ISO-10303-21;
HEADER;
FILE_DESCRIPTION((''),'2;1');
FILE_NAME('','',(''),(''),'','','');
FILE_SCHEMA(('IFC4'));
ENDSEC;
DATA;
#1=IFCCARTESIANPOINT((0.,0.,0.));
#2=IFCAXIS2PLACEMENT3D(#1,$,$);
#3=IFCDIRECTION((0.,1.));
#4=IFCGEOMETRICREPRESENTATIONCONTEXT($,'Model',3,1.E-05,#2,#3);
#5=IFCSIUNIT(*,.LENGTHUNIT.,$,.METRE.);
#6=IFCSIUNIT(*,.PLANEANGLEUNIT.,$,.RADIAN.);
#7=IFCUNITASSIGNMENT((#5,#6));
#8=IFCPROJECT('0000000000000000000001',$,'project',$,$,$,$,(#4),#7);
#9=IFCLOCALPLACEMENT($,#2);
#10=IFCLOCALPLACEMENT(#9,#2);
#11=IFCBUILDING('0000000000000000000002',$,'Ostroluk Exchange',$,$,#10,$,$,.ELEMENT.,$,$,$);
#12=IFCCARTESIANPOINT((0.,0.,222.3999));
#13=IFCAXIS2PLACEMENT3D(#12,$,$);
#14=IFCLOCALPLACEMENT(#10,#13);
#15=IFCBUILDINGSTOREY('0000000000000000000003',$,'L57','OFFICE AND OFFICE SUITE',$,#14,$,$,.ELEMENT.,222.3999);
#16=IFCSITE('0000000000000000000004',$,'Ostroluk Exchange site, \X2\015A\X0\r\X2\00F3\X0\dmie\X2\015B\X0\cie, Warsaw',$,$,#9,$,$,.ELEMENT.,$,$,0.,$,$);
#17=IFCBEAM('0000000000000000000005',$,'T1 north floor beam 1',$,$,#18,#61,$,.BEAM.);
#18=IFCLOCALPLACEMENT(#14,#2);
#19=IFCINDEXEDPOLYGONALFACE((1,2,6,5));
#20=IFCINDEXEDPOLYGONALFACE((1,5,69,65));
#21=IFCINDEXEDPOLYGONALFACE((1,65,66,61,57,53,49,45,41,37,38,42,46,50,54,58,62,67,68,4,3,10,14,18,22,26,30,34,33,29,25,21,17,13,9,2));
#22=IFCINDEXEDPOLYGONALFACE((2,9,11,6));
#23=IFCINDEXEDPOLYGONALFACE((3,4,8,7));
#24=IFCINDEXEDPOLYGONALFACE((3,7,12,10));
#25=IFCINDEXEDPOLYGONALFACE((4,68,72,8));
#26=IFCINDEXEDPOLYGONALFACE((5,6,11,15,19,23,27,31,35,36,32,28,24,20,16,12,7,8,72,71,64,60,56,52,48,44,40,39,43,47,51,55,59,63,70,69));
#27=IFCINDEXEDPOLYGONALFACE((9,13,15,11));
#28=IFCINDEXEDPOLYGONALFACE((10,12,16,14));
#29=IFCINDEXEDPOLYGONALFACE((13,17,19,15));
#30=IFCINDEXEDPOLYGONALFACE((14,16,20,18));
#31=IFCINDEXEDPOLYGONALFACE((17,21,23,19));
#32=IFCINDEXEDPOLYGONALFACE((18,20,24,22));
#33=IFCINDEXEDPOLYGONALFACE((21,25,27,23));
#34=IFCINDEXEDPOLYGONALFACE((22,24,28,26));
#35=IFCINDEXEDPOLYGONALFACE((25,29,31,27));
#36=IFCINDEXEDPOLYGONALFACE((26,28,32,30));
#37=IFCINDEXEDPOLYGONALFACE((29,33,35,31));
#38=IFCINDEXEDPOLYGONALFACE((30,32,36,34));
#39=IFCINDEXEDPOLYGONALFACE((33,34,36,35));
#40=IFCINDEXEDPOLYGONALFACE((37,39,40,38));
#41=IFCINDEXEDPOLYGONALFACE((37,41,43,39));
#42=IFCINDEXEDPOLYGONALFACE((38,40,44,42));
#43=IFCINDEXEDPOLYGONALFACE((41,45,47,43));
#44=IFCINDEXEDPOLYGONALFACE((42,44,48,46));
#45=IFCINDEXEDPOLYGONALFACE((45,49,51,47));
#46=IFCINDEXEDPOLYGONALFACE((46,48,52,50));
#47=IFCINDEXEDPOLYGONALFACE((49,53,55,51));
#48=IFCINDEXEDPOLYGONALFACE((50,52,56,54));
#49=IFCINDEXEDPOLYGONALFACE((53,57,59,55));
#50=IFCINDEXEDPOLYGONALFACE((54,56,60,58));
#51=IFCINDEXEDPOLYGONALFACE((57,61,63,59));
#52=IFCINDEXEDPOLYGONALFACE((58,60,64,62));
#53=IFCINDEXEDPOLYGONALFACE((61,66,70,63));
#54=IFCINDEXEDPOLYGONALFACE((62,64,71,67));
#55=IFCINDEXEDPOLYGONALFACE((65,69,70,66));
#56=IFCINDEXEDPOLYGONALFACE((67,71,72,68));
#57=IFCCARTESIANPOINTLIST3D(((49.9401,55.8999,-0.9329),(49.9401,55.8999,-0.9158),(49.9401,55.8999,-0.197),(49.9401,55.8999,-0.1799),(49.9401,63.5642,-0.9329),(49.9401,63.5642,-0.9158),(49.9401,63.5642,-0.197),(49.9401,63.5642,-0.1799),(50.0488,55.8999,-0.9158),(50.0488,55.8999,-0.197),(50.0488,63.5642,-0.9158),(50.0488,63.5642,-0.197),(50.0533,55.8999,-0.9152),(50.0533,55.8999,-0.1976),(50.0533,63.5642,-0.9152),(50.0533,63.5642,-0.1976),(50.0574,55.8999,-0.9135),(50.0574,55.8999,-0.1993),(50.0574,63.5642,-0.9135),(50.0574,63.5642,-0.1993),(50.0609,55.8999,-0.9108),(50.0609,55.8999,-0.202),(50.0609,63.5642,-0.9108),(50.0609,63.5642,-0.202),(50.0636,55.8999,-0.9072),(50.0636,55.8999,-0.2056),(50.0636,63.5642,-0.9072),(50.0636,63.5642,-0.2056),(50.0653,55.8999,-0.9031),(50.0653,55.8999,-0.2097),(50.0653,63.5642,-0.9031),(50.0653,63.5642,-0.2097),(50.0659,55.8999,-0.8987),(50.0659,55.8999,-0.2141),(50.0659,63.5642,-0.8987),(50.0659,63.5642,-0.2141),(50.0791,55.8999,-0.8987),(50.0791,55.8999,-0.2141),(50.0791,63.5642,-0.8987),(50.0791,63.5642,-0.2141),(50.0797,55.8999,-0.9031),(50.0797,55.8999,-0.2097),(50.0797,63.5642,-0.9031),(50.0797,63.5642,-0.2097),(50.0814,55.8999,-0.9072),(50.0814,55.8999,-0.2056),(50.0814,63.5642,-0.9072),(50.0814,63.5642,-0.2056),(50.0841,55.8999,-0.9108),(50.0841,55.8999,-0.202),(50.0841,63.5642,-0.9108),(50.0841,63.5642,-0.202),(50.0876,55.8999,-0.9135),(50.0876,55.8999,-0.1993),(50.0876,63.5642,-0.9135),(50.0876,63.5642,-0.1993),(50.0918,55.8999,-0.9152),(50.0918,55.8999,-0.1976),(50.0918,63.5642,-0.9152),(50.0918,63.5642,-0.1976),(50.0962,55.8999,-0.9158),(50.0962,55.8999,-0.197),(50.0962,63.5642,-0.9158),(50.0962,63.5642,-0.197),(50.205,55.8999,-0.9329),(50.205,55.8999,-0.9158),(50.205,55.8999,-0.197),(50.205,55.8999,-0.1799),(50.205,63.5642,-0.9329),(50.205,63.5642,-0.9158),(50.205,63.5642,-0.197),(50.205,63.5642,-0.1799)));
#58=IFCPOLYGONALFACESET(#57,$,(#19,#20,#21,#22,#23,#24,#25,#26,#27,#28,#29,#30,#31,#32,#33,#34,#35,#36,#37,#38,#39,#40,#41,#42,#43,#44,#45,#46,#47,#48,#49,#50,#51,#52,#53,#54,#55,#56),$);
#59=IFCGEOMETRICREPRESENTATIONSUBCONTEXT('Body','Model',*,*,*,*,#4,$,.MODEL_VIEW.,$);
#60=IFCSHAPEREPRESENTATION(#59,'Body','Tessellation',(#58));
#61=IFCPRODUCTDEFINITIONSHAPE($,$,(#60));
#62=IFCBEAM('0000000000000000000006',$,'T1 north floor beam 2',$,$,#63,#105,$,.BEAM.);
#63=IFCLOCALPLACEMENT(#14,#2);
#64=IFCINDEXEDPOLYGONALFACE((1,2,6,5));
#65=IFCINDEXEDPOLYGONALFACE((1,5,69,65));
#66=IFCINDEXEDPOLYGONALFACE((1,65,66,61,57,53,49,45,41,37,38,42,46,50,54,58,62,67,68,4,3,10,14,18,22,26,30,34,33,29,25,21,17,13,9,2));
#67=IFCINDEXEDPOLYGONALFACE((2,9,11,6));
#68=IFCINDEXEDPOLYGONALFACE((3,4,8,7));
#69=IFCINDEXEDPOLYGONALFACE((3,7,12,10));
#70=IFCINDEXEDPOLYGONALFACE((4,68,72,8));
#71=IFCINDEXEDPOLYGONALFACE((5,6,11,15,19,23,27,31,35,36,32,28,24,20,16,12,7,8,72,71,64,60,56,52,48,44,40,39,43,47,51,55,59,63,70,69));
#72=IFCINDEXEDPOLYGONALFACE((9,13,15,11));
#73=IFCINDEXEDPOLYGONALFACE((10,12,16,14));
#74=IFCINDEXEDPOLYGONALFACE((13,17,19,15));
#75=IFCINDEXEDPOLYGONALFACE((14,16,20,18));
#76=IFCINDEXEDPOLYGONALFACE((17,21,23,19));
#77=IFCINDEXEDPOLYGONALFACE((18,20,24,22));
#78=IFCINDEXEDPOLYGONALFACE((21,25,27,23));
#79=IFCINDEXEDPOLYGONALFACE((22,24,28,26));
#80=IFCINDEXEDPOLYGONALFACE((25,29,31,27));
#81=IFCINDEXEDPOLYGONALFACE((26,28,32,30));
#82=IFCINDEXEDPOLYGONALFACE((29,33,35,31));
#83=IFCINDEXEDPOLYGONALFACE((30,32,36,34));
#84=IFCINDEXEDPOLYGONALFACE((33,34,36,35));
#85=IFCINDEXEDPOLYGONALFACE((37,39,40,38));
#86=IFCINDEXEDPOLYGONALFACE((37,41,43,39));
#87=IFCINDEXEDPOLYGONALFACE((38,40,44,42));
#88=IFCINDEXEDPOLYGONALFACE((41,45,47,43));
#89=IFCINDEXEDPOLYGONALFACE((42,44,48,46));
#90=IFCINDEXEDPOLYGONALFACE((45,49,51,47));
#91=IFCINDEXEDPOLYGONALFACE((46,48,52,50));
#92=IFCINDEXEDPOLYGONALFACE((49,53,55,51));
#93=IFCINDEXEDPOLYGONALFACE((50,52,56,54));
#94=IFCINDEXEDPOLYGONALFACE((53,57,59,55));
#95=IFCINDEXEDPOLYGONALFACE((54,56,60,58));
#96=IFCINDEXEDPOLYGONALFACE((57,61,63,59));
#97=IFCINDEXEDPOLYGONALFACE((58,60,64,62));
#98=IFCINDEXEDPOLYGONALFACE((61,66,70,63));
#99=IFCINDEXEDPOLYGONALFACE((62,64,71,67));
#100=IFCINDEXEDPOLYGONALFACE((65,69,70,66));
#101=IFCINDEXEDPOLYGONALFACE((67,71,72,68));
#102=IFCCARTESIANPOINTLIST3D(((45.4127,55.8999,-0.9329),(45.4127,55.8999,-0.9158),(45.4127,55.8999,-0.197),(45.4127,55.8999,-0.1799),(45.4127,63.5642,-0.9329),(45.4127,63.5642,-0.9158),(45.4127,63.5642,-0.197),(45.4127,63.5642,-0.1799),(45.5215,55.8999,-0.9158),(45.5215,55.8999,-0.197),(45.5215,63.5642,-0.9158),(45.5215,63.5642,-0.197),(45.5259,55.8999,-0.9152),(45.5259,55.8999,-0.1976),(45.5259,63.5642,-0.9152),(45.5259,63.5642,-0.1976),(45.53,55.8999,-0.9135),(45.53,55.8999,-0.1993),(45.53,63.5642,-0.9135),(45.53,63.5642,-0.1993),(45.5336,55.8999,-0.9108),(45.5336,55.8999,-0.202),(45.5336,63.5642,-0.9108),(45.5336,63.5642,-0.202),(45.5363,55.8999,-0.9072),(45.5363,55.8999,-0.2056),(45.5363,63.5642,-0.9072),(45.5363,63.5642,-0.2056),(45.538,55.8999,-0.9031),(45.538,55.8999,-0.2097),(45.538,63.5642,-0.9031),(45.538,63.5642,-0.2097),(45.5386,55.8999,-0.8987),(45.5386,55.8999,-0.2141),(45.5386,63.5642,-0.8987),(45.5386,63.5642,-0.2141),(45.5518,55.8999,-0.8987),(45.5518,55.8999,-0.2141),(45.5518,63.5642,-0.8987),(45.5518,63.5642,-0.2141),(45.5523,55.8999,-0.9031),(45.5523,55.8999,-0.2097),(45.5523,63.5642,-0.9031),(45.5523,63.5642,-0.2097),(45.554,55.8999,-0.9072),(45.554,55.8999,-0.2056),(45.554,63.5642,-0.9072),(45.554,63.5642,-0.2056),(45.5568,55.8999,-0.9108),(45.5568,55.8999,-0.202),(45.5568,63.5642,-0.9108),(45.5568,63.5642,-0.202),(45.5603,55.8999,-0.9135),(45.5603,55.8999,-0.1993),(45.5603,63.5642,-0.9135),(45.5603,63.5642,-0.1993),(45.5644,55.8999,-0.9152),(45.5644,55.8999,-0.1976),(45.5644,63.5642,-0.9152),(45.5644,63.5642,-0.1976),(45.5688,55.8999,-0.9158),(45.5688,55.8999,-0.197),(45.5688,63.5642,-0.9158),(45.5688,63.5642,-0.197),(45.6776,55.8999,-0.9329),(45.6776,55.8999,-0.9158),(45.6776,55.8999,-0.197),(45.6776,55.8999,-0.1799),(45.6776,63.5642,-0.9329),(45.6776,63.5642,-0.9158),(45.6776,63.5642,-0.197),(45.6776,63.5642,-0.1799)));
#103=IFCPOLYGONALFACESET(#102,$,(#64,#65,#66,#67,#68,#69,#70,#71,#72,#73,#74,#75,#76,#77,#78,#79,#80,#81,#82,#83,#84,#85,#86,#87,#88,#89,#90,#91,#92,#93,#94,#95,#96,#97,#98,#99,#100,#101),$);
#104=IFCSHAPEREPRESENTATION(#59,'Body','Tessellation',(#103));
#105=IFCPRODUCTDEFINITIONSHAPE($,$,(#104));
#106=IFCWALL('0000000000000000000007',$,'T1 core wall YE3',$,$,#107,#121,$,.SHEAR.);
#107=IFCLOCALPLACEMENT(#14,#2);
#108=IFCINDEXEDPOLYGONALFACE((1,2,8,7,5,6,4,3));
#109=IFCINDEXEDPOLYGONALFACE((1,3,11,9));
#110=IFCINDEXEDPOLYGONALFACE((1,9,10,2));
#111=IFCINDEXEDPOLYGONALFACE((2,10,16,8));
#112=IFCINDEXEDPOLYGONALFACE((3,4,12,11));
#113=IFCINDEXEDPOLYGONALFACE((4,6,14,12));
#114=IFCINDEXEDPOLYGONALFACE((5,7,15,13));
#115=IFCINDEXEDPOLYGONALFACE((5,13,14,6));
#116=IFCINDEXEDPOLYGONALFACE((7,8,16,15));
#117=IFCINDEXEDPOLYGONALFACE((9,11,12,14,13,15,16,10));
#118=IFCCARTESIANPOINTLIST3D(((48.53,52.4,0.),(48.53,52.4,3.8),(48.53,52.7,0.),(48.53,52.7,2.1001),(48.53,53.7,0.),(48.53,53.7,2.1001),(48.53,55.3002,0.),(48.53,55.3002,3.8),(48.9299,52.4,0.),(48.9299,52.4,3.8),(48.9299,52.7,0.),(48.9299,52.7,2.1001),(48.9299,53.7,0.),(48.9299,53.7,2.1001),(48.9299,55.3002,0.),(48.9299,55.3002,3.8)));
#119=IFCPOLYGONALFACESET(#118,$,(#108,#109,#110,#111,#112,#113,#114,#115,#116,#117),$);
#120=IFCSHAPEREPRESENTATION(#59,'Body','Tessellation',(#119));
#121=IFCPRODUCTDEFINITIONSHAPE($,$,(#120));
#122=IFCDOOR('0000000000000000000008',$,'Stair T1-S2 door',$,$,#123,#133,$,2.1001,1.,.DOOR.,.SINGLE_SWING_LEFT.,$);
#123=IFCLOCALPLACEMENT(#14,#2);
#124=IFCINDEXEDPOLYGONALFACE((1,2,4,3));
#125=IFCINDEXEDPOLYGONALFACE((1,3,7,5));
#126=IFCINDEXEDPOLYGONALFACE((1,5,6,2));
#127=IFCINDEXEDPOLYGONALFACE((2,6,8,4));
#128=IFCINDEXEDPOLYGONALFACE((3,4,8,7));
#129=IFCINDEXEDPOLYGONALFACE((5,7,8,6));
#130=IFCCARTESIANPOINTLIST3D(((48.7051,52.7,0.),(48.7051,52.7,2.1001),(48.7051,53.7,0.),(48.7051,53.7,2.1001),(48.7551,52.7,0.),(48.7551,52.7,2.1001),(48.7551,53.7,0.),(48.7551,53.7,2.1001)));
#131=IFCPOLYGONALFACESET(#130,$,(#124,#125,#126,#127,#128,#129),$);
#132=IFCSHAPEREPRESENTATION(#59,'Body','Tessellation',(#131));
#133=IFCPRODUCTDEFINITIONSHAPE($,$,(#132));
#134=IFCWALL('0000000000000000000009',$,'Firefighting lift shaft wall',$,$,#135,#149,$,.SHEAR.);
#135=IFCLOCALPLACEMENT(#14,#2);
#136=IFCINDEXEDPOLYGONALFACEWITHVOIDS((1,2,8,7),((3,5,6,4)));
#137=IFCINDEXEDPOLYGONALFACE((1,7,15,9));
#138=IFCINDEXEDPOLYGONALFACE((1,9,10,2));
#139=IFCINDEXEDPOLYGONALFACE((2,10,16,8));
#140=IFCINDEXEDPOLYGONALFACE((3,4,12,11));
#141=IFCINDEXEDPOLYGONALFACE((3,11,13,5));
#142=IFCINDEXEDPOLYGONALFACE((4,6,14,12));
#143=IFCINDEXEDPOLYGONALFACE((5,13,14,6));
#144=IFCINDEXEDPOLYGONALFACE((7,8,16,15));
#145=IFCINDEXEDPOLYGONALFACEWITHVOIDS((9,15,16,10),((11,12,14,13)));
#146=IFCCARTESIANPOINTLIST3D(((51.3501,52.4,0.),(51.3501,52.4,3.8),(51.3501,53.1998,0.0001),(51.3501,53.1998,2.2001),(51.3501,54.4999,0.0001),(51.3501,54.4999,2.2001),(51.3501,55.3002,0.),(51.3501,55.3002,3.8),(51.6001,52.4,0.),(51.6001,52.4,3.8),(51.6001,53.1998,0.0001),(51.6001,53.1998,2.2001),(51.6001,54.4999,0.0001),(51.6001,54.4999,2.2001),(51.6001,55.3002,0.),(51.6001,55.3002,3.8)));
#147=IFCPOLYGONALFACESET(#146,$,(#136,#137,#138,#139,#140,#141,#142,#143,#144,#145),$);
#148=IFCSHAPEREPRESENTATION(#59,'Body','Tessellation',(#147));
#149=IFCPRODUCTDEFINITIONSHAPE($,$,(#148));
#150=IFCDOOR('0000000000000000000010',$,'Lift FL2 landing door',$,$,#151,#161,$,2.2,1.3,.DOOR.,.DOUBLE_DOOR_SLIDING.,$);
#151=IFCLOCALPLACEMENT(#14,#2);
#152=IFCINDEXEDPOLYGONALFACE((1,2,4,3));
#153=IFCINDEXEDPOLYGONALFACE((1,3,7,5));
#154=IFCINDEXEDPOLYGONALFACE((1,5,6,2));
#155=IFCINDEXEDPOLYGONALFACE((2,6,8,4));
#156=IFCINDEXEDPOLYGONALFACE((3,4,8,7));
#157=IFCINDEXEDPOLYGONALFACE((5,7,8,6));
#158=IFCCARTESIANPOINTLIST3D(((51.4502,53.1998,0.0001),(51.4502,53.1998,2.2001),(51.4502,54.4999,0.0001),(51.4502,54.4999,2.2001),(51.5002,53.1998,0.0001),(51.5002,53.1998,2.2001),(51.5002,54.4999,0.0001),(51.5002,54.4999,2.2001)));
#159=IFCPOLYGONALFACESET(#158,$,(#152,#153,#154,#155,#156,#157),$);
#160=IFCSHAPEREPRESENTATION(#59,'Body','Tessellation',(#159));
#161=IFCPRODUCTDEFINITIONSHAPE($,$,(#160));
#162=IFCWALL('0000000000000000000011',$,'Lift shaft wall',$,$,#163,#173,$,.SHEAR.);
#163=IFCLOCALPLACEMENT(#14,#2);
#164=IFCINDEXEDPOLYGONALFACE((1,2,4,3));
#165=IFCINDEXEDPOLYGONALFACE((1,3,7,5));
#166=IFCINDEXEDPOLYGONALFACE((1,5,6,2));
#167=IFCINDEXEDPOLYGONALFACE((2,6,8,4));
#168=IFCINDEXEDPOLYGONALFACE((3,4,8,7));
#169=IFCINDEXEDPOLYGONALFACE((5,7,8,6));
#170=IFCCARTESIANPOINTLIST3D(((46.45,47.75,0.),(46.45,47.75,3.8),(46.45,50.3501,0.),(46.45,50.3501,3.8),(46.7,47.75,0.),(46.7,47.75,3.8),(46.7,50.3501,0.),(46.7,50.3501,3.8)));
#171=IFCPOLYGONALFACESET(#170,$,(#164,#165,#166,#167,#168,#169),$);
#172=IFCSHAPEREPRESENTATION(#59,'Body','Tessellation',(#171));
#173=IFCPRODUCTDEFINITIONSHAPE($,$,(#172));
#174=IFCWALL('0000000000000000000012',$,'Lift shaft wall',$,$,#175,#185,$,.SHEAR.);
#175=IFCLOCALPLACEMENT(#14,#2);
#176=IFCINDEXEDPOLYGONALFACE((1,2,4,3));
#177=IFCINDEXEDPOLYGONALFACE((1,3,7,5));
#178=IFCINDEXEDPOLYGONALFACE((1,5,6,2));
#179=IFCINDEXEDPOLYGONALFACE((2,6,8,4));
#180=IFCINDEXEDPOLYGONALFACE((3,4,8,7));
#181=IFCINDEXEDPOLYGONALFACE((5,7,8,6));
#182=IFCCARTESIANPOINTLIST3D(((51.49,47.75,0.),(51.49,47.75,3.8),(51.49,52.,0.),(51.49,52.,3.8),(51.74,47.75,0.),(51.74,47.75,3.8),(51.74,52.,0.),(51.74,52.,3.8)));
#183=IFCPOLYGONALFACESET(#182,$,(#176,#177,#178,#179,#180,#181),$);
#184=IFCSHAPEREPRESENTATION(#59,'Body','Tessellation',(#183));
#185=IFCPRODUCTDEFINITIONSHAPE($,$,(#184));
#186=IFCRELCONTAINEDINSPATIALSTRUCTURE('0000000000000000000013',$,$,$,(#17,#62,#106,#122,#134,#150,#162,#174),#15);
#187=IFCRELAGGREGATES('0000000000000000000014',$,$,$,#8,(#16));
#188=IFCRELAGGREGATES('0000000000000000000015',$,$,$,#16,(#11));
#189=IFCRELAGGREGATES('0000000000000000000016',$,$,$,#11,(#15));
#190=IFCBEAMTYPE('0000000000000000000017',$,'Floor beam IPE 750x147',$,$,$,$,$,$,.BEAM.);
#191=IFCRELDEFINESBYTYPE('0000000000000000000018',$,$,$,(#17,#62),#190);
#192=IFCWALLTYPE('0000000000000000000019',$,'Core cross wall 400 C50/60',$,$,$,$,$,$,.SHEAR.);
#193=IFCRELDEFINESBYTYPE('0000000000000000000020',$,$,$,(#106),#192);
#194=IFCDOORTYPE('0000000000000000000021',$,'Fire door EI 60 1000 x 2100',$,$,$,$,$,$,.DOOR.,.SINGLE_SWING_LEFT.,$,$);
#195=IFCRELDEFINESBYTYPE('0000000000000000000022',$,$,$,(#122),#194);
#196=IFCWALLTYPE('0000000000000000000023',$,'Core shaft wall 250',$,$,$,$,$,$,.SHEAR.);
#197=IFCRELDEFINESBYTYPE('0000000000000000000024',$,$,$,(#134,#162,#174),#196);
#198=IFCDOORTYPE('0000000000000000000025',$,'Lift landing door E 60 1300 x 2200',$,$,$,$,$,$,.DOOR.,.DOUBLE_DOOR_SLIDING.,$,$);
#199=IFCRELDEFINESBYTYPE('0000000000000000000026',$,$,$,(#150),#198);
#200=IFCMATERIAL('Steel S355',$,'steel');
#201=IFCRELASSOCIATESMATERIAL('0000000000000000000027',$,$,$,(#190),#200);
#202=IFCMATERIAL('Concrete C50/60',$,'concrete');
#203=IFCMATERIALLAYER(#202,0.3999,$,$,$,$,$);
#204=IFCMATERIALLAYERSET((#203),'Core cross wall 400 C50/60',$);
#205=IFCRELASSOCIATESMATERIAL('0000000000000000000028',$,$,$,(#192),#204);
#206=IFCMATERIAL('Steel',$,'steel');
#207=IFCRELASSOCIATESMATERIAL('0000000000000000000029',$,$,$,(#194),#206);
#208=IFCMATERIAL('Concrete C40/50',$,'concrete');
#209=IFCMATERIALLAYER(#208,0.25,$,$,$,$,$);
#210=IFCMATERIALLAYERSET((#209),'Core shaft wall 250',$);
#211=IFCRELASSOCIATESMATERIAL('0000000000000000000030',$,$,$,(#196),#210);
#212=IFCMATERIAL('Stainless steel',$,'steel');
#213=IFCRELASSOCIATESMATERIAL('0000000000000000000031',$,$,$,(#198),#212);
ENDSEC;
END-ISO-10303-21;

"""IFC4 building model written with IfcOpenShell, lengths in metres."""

from ifc_helpers import new_model, si_unit, direction, frame, frame_2d, origin, origin_2d, place, context, subcontext, project, spatial, rectangle, i_section, extrude, material, layer, layer_set, material_profile, profile_set, type_object, element, fill, save


model = new_model("IFC4")

# Units and contexts
model_context = context("Model", 3, precision=1e-05, world=origin(), true_north=direction((0.0, 1.0)))
body_context = subcontext(model_context, "Body", "Model", "MODEL_VIEW")
ifc_project = project(units=[si_unit("LENGTHUNIT", "METRE"), si_unit("PLANEANGLEUNIT", "RADIAN")], contexts=[model_context])

# Site, building, storey
site_placement = place(None, origin())
site = spatial("IfcSite", under=ifc_project, at=site_placement, Name="Ostroluk Exchange site, Śródmieście, Warsaw", CompositionType="ELEMENT", RefElevation=0.0)
building_placement = place(site_placement, origin())
building = spatial("IfcBuilding", under=site, at=building_placement, Name="Ostroluk Exchange", CompositionType="ELEMENT")
storey_placement = place(building_placement, frame((0.0, 0.0, 222.3999)))
storey = spatial("IfcBuildingStorey", under=building, at=storey_placement, Name="L57", Description="OFFICE AND OFFICE SUITE", CompositionType="ELEMENT", Elevation=222.3999)

# Beams
ifc_material_1 = material(Name="Steel S355", Category="steel")
ifc_material_profile = material_profile(ifc_material_1, i_section(OverallWidth=0.2649, OverallDepth=0.7529, WebThickness=0.0132, FlangeThickness=0.0171, FilletRadius=0.0171, at=origin_2d()), Name="IPE 750x147")
ifc_profile_set = profile_set([ifc_material_profile], Name="Steel S355")
beam_type = type_object("IfcBeamType", Name="Floor beam IPE 750x147", PredefinedType="BEAM", material=ifc_profile_set)
for number, where, z_axis, x_axis, name in (
    (1, (50.0725, 55.8999, -0.5564), (0.0, 1.0, 0.0), (-1.0, 0.0, 0.0), "T1 north floor beam 1"),
    (2, (45.5452, 55.8999, -0.5564), (0.0, 1.0, 0.0), (-1.0, 0.0, 0.0), "T1 north floor beam 2"),
):
    element("IfcBeam", number, at=place(storey_placement, frame(where, z_axis=z_axis, x_axis=x_axis)), inside=storey, type_object=beam_type, Name=name, PredefinedType="BEAM", context=body_context, shape_type="SweptSolid", body=[
        extrude(i_section(OverallWidth=0.2649, OverallDepth=0.7529, WebThickness=0.0132, FlangeThickness=0.0171, FilletRadius=0.0171, at=origin_2d()), origin(), (0.0, 0.0, 1.0), 7.6643),
    ])

# Walls, openings, doors
ifc_material_2 = material(Name="Concrete C50/60", Category="concrete")
ifc_layer_1 = layer(ifc_material_2, 0.3999)
ifc_layer_set_1 = layer_set([ifc_layer_1], Name="Core cross wall 400 C50/60")
wall_type_1 = type_object("IfcWallType", Name="Core cross wall 400 C50/60", PredefinedType="SHEAR", material=ifc_layer_set_1)
wall_1_placement = place(storey_placement, frame((48.73, 52.3999, 0.0), z_axis=(0.0, 0.0, 1.0), x_axis=(0.0, 1.0, 0.0)))
wall_1 = element("IfcWall", 3, at=wall_1_placement, inside=storey, type_object=wall_type_1, Name="T1 core wall YE3", PredefinedType="SHEAR", context=body_context, shape_type="SweptSolid", body=[
    extrude(rectangle(XDim=2.9001, YDim=0.3999, at=frame_2d((1.4502, 0.0))), origin(), (0.0, 0.0, 1.0), 3.8),
])
opening_1_placement = place(wall_1_placement, frame((0.3, 0.0, 0.0)))
opening_1 = element("IfcOpeningElement", 4, at=opening_1_placement, cuts=wall_1, PredefinedType="OPENING", context=body_context, shape_type="SweptSolid", body=[
    extrude(rectangle(XDim=1.0, YDim=2.1001, at=frame_2d((0.5, 1.05))), frame((0.0, 0.21, 0.0), z_axis=(0.0, -1.0, 0.0), x_axis=(1.0, 0.0, 0.0)), (0.0, 0.0, 1.0), 0.4199),
])
ifc_material_3 = material(Name="Steel", Category="steel")
door_type_1 = type_object("IfcDoorType", Name="Fire door EI 60 1000 x 2100", OperationType="SINGLE_SWING_LEFT", PredefinedType="DOOR", material=ifc_material_3)
door_1_placement = place(opening_1_placement, origin())
door_1 = element("IfcDoor", 5, at=door_1_placement, inside=storey, type_object=door_type_1, Name="Stair T1-S2 door", OperationType="SINGLE_SWING_LEFT", OverallHeight=2.1001, OverallWidth=1.0, PredefinedType="DOOR", context=body_context, shape_type="SweptSolid", body=[
    extrude(rectangle(XDim=1.0, YDim=2.1001, at=frame_2d((0.5, 1.05))), frame((0.0, 0.0249, 0.0), z_axis=(0.0, -1.0, 0.0), x_axis=(1.0, 0.0, 0.0)), (0.0, 0.0, 1.0), 0.05),
])
fill(opening_1, door_1)
ifc_material_4 = material(Name="Concrete C40/50", Category="concrete")
ifc_layer_2 = layer(ifc_material_4, 0.25)
ifc_layer_set_2 = layer_set([ifc_layer_2], Name="Core shaft wall 250")
wall_type_2 = type_object("IfcWallType", Name="Core shaft wall 250", PredefinedType="SHEAR", material=ifc_layer_set_2)
wall_2_placement = place(storey_placement, frame((51.4751, 52.3999, 0.0), z_axis=(0.0, 0.0, 1.0), x_axis=(0.0, 1.0, 0.0)))
wall_2 = element("IfcWall", 6, at=wall_2_placement, inside=storey, type_object=wall_type_2, Name="Firefighting lift shaft wall", PredefinedType="SHEAR", context=body_context, shape_type="SweptSolid", body=[
    extrude(rectangle(XDim=2.9001, YDim=0.25, at=frame_2d((1.4502, 0.0))), origin(), (0.0, 0.0, 1.0), 3.8),
])
opening_2_placement = place(wall_2_placement, frame((0.8, 0.0, 0.0)))
opening_2 = element("IfcOpeningElement", 7, at=opening_2_placement, cuts=wall_2, PredefinedType="OPENING", context=body_context, shape_type="SweptSolid", body=[
    extrude(rectangle(XDim=1.3, YDim=2.2, at=frame_2d((0.6499, 1.1001))), frame((0.0, 0.135, 0.0), z_axis=(0.0, -1.0, 0.0), x_axis=(1.0, 0.0, 0.0)), (0.0, 0.0, 1.0), 0.27),
])
ifc_material_5 = material(Name="Stainless steel", Category="steel")
door_type_2 = type_object("IfcDoorType", Name="Lift landing door E 60 1300 x 2200", OperationType="DOUBLE_DOOR_SLIDING", PredefinedType="DOOR", material=ifc_material_5)
door_2_placement = place(opening_2_placement, origin())
door_2 = element("IfcDoor", 8, at=door_2_placement, inside=storey, type_object=door_type_2, Name="Lift FL2 landing door", OperationType="DOUBLE_DOOR_SLIDING", OverallHeight=2.2, OverallWidth=1.3, PredefinedType="DOOR", context=body_context, shape_type="SweptSolid", body=[
    extrude(rectangle(XDim=1.3, YDim=2.2, at=frame_2d((0.6499, 1.1001))), frame((0.0, 0.0249, 0.0), z_axis=(0.0, -1.0, 0.0), x_axis=(1.0, 0.0, 0.0)), (0.0, 0.0, 1.0), 0.05),
])
fill(opening_2, door_2)

# Walls
wall_3_placement = place(storey_placement, frame((46.575, 47.75, 0.0), z_axis=(0.0, 0.0, 1.0), x_axis=(0.0, 1.0, 0.0)))
element("IfcWall", 9, at=wall_3_placement, inside=storey, type_object=wall_type_2, Name="Lift shaft wall", PredefinedType="SHEAR", context=body_context, shape_type="SweptSolid", body=[
    extrude(rectangle(XDim=2.6001, YDim=0.25, at=frame_2d((1.3, 0.0))), origin(), (0.0, 0.0, 1.0), 3.8),
])
wall_4_placement = place(storey_placement, frame((51.615, 47.75, 0.0), z_axis=(0.0, 0.0, 1.0), x_axis=(0.0, 1.0, 0.0)))
element("IfcWall", 10, at=wall_4_placement, inside=storey, type_object=wall_type_2, Name="Lift shaft wall", PredefinedType="SHEAR", context=body_context, shape_type="SweptSolid", body=[
    extrude(rectangle(XDim=4.25, YDim=0.25, at=frame_2d((2.125, 0.0))), origin(), (0.0, 0.0, 1.0), 3.8),
])

save(model, "model.ifc")
